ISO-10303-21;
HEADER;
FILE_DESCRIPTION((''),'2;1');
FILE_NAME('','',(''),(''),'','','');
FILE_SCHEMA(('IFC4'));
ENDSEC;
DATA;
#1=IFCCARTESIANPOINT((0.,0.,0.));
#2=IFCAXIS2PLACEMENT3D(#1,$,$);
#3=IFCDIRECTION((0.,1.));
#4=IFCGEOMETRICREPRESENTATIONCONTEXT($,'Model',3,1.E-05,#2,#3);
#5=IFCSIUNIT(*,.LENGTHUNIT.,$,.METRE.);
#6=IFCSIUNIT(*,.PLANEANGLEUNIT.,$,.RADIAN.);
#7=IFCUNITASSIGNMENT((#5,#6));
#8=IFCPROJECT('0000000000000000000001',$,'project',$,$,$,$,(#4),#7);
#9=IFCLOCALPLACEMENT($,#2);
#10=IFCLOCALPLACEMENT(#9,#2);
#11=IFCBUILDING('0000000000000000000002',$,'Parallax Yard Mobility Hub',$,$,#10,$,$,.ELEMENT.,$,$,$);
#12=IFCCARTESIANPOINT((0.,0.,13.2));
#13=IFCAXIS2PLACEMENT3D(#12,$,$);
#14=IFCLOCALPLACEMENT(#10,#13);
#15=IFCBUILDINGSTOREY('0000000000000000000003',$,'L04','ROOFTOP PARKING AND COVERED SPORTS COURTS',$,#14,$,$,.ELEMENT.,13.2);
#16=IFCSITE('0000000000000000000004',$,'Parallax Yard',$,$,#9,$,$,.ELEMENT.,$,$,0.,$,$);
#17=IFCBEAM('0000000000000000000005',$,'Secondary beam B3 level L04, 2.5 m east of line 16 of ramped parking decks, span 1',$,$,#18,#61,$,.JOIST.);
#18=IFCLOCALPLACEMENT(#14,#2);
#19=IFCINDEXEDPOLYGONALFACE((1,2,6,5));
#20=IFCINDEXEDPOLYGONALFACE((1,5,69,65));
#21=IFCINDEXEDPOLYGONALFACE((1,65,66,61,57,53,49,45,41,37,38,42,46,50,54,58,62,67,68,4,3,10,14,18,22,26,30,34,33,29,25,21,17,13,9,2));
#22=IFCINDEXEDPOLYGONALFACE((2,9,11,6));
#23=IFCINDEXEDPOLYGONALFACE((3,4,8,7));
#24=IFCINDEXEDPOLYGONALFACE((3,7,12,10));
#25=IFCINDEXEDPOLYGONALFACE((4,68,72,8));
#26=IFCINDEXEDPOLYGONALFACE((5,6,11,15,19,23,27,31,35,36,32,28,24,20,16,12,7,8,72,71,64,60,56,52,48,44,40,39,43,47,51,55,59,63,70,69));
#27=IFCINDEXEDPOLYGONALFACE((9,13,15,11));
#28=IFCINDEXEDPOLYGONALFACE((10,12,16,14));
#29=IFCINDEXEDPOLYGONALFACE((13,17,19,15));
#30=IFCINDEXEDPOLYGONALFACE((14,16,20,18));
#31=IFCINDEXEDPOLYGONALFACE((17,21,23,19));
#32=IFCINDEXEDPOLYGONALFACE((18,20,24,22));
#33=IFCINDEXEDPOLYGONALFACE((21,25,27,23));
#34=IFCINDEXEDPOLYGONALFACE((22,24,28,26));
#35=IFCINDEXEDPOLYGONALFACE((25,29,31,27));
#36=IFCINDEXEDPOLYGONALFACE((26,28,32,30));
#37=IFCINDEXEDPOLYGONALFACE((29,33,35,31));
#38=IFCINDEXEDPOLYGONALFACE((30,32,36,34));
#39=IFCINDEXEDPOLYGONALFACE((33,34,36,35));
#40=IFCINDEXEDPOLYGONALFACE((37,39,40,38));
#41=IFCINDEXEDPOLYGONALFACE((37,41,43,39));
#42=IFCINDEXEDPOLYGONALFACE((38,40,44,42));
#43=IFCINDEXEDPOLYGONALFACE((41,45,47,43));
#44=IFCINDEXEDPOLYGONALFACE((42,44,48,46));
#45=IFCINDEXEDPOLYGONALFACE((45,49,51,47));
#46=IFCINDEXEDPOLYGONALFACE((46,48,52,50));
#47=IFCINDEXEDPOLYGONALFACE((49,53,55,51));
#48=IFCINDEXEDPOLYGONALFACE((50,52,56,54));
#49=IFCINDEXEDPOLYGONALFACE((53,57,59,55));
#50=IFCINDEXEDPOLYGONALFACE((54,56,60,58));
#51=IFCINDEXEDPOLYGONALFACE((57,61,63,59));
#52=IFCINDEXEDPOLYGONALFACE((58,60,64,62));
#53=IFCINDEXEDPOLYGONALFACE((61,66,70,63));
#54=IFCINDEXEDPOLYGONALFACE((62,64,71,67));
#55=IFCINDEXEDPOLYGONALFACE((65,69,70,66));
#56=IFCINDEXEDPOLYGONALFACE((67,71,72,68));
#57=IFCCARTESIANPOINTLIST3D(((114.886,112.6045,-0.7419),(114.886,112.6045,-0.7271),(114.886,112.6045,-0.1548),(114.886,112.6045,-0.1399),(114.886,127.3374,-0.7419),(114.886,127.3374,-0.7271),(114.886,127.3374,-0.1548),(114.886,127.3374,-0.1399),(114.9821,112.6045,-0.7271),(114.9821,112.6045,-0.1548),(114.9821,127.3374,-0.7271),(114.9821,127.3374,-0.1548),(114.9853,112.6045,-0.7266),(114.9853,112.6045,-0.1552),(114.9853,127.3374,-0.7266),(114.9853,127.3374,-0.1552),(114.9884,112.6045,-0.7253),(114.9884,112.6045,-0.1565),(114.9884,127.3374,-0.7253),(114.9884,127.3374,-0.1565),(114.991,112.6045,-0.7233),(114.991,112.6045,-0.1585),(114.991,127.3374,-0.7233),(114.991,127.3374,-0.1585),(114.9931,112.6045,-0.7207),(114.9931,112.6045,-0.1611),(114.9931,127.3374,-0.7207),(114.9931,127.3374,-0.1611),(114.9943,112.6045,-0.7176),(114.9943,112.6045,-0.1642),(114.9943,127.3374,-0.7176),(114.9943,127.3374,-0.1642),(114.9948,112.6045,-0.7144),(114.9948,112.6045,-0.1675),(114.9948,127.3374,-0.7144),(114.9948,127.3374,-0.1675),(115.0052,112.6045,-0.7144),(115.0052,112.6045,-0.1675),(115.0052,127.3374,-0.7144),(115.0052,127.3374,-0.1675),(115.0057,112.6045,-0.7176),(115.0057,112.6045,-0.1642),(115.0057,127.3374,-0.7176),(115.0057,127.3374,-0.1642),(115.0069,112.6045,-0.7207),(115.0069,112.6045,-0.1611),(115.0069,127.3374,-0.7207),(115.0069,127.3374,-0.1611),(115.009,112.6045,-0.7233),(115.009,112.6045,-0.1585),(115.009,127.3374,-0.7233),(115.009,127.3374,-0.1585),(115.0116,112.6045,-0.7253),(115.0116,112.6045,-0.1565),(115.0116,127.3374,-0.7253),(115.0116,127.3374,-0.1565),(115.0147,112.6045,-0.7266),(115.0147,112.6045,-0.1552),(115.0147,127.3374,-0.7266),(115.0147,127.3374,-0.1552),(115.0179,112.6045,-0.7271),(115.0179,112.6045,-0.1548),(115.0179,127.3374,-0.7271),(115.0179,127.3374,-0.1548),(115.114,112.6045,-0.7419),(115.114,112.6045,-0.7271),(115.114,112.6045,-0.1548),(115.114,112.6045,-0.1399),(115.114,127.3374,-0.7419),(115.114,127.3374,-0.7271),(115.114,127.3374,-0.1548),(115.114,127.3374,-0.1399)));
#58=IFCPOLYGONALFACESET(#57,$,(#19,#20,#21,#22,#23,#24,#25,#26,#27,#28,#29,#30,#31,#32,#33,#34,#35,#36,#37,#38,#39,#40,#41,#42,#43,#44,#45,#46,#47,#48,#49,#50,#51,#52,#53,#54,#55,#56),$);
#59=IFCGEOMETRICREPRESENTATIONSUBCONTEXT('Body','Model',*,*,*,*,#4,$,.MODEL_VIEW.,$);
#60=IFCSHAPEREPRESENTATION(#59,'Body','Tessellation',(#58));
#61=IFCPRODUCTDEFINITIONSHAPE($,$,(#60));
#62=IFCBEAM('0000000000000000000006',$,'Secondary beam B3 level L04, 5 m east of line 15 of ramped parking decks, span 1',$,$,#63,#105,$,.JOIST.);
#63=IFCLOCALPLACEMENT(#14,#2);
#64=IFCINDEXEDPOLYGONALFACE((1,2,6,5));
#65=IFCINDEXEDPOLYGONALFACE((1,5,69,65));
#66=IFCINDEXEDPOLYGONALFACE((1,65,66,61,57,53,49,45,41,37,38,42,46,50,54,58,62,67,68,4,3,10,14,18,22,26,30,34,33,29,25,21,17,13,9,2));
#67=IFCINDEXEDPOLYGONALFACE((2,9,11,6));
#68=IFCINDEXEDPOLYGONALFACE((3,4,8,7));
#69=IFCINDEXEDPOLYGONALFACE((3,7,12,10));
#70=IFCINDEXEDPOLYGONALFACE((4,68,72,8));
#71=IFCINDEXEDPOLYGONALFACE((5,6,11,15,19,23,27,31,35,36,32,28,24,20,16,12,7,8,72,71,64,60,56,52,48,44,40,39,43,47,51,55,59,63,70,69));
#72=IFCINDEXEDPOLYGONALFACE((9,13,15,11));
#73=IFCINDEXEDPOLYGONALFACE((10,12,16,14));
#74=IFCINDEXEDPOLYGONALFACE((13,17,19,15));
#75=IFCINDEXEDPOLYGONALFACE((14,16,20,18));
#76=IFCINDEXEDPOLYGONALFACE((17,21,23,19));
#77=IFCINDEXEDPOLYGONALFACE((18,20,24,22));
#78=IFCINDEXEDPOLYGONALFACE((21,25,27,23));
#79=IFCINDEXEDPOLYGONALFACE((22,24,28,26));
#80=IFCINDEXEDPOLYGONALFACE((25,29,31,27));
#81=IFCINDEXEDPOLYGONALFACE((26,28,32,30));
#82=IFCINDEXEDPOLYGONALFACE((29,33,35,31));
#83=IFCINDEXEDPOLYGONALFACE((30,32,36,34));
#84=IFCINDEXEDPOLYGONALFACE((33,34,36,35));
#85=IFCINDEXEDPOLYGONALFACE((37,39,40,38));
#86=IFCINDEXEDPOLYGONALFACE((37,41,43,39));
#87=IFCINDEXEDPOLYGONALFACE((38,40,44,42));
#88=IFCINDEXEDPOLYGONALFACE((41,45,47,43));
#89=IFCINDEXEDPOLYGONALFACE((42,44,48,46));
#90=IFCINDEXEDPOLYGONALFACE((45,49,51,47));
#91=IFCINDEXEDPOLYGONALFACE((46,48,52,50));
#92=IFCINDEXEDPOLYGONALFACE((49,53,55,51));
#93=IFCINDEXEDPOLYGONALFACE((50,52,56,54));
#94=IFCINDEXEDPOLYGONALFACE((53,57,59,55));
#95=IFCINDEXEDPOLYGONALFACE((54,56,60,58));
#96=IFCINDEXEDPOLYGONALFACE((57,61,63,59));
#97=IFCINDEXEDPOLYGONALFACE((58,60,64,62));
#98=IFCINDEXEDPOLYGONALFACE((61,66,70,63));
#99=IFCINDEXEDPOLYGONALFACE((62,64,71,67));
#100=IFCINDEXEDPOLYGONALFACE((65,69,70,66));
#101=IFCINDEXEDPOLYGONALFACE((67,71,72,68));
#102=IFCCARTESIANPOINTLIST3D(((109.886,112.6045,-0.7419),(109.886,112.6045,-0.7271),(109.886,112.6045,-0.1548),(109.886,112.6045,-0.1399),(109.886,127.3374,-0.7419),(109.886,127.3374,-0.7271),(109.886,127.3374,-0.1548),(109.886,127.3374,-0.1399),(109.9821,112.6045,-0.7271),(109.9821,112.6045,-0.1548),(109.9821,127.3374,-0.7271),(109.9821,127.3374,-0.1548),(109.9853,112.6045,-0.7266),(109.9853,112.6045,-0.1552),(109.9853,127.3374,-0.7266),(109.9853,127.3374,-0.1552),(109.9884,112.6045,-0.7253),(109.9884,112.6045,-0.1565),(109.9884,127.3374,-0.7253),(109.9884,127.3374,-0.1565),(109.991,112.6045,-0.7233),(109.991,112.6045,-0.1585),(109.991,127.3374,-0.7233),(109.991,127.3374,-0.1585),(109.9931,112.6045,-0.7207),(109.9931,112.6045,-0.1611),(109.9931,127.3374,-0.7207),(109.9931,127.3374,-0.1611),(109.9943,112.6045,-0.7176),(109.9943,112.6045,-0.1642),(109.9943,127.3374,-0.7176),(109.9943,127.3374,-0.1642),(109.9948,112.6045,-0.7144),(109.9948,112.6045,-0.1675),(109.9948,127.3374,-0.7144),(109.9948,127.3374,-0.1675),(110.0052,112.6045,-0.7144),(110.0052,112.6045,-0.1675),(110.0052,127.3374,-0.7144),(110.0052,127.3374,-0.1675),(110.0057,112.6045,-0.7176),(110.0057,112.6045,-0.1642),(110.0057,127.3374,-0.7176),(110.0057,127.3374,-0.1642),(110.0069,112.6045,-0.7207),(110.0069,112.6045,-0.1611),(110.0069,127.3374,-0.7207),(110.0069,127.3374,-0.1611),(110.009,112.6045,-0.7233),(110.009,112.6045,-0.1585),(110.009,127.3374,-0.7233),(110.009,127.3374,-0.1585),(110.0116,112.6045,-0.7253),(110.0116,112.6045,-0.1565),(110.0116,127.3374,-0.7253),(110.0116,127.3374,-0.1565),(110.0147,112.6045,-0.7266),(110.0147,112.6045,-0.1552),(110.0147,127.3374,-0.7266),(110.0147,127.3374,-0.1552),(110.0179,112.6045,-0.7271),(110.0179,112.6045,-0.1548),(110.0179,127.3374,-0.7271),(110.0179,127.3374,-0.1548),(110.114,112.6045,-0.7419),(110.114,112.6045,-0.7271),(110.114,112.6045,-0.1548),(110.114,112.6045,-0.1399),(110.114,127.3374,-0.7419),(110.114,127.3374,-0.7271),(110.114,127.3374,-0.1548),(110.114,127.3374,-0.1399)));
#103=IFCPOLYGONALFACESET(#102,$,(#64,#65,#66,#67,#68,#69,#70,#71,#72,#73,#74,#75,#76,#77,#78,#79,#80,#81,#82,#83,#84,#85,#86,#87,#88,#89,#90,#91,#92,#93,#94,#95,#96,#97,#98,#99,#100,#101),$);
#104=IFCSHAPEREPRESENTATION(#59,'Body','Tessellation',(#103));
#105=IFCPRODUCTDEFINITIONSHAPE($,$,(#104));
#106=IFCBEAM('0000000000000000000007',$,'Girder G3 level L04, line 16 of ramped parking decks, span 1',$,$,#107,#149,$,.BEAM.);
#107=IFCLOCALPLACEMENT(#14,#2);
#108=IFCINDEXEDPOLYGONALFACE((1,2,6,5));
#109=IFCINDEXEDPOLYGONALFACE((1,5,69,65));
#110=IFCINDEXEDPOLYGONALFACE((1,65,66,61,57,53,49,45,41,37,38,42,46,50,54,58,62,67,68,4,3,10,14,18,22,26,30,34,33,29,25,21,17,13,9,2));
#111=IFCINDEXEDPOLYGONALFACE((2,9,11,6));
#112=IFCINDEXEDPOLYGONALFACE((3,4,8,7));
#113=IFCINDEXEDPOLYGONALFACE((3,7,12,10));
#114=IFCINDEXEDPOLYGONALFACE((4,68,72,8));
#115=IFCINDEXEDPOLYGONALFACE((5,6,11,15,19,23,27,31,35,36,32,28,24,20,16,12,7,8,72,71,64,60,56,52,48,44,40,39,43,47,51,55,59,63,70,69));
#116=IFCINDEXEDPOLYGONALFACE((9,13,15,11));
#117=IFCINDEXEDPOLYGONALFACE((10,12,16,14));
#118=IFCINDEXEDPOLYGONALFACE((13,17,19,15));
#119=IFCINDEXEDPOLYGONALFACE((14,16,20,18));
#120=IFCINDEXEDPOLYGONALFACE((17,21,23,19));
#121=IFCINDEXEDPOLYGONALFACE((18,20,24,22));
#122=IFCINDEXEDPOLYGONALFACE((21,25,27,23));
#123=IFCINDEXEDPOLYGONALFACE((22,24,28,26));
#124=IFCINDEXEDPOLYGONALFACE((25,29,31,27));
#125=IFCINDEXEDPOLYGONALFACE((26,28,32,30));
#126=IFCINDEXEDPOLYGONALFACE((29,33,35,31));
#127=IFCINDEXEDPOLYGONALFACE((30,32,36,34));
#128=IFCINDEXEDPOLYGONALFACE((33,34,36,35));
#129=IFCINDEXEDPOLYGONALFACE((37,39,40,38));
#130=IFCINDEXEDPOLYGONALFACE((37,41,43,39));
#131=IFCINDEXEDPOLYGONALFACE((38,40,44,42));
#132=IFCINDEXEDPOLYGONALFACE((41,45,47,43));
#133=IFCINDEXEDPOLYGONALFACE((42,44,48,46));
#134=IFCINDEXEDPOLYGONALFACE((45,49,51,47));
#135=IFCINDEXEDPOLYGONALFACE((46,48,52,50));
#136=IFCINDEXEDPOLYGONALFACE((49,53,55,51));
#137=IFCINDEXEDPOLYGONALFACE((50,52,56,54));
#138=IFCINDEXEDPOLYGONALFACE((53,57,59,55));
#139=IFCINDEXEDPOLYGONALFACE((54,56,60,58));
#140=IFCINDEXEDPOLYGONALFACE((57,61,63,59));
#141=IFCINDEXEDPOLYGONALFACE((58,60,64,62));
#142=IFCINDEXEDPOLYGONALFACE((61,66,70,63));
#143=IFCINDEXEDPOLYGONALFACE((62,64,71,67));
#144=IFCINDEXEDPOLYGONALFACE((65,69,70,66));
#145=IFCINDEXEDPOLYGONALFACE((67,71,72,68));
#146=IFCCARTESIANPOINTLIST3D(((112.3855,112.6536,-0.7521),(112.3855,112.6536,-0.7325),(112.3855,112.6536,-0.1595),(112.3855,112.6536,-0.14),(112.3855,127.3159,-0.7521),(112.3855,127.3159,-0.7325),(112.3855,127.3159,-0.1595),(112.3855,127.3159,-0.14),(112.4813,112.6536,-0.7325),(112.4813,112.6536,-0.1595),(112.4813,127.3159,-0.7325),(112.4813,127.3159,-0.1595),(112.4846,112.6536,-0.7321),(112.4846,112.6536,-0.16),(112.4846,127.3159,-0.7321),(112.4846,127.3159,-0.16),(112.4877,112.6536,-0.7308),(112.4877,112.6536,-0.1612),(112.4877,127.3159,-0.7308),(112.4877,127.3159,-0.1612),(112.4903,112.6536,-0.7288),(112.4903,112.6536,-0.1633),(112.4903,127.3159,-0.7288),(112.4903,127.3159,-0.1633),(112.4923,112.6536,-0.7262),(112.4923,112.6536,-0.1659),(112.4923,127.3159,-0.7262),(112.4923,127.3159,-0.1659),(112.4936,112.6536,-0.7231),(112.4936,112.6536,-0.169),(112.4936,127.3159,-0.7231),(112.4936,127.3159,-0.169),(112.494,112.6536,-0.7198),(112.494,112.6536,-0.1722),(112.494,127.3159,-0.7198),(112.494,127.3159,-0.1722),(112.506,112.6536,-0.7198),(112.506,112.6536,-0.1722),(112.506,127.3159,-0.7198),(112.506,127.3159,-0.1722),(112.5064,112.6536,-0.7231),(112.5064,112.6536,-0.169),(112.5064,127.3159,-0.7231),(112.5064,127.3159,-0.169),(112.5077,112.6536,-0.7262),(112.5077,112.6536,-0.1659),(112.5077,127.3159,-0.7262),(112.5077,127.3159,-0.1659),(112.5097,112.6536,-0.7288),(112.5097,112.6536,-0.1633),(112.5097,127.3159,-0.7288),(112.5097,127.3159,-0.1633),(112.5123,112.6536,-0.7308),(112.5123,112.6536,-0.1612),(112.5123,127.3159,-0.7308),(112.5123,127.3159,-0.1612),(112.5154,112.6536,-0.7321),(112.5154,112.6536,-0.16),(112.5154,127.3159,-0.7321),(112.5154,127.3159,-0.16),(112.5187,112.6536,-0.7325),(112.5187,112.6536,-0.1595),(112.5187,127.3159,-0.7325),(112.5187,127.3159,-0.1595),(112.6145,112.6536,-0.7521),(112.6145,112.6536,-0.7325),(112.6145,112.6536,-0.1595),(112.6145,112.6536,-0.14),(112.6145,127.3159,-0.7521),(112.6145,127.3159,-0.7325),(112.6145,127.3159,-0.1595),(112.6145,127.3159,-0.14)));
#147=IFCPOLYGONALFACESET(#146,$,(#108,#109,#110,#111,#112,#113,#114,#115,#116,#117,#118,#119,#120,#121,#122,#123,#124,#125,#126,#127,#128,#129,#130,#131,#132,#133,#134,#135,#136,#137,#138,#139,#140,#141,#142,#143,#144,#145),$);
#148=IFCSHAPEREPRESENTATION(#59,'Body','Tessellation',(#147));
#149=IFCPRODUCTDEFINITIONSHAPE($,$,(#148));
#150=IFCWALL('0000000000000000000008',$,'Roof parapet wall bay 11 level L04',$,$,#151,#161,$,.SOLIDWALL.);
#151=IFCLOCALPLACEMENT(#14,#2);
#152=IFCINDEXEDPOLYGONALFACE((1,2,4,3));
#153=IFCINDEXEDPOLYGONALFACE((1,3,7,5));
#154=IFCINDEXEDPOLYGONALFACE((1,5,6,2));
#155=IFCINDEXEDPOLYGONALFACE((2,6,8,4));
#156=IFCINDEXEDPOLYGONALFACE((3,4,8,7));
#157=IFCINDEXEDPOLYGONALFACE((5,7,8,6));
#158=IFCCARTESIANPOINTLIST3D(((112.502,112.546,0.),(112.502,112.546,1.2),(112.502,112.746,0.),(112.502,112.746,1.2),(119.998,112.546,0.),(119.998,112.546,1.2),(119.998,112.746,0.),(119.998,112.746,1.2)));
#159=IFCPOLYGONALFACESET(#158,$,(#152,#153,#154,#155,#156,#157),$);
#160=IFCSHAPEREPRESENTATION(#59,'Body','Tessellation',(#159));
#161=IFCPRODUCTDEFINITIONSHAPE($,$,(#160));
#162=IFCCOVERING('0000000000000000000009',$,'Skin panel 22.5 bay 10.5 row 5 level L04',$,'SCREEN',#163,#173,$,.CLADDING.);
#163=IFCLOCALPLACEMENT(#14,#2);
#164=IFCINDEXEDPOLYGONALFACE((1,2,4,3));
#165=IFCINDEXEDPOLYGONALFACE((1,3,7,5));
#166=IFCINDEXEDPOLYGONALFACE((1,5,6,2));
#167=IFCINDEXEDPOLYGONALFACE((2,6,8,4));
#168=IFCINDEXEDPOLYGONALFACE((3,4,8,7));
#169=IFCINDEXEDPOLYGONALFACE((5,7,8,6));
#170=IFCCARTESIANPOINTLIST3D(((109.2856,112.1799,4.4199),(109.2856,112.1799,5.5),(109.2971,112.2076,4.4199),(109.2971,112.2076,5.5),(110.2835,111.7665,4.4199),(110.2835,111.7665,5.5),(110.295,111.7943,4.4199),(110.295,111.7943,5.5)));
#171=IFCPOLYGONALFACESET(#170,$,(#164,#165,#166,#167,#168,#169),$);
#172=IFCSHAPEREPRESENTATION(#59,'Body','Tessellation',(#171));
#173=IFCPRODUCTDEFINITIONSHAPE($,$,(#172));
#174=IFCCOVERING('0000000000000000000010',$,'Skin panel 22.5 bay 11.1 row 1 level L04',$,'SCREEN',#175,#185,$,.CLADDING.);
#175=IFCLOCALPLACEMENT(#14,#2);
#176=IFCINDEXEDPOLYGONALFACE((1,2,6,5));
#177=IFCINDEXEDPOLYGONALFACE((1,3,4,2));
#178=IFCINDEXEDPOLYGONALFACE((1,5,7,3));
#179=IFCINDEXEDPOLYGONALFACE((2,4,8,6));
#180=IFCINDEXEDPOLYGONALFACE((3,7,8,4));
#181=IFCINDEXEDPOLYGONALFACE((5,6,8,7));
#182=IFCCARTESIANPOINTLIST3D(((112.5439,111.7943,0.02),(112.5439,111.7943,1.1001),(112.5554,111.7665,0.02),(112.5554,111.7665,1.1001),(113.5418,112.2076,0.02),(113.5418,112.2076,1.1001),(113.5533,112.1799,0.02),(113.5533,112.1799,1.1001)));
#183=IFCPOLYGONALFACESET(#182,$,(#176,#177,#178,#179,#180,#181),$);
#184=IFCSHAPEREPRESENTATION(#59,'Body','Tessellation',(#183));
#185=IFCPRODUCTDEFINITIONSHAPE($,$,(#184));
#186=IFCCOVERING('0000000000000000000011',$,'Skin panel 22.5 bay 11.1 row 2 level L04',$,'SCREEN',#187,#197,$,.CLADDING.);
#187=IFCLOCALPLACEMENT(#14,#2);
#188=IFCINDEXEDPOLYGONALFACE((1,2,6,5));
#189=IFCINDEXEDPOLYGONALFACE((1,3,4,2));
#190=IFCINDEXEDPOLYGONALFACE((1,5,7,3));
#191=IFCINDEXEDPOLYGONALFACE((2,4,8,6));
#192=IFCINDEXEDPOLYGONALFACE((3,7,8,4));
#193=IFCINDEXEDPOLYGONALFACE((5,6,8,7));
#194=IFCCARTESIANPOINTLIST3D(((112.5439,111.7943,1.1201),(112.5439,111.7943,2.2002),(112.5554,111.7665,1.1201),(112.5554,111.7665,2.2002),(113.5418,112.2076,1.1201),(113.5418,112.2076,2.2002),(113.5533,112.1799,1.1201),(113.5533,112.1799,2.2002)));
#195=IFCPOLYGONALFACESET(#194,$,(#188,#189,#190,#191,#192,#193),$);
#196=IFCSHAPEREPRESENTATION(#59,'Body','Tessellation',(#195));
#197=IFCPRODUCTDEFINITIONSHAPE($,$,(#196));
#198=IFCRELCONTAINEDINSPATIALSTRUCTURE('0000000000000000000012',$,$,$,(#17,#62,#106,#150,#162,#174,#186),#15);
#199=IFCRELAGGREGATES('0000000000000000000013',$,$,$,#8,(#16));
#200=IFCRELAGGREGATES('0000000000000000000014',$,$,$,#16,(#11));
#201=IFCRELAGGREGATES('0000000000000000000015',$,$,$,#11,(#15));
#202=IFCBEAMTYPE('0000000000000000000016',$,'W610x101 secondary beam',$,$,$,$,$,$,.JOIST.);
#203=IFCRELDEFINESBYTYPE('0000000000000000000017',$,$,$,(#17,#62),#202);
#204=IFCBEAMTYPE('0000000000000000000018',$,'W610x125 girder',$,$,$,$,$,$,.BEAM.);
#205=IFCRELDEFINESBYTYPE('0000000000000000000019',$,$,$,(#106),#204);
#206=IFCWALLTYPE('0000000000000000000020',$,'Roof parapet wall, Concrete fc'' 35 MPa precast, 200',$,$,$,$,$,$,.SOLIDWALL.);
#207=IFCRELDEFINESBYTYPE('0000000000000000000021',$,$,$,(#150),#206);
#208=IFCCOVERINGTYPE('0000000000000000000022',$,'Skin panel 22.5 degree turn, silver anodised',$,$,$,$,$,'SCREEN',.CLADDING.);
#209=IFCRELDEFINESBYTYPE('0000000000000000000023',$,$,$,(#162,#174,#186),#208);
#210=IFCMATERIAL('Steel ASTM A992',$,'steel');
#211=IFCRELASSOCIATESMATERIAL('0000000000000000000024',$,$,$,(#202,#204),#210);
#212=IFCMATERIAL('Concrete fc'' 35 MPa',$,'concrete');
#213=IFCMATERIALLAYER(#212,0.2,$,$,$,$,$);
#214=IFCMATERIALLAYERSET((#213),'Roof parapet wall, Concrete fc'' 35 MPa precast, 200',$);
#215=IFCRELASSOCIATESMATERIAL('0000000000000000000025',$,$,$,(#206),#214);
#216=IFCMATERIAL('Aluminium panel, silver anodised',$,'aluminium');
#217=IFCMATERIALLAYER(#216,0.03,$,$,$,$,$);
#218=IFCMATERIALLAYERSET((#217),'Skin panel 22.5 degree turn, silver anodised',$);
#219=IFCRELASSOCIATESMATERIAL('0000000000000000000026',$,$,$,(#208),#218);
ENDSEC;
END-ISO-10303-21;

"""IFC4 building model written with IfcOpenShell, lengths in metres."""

from ifc_helpers import new_model, si_unit, direction, frame, frame_2d, origin, origin_2d, place, context, subcontext, project, spatial, rectangle, i_section, extrude, material, layer, layer_set, material_profile, profile_set, type_object, element, save


model = new_model("IFC4")

# Units and contexts
model_context = context("Model", 3, precision=1e-05, world=origin(), true_north=direction((0.0, 1.0)))
body_context = subcontext(model_context, "Body", "Model", "MODEL_VIEW")
ifc_project = project(units=[si_unit("LENGTHUNIT", "METRE"), si_unit("PLANEANGLEUNIT", "RADIAN")], contexts=[model_context])

# Site, building, storey
site_placement = place(None, origin())
site = spatial("IfcSite", under=ifc_project, at=site_placement, Name="Parallax Yard", CompositionType="ELEMENT", RefElevation=0.0)
building_placement = place(site_placement, origin())
building = spatial("IfcBuilding", under=site, at=building_placement, Name="Parallax Yard Mobility Hub", CompositionType="ELEMENT")
storey_placement = place(building_placement, frame((0.0, 0.0, 13.2)))
storey = spatial("IfcBuildingStorey", under=building, at=storey_placement, Name="L04", Description="ROOFTOP PARKING AND COVERED SPORTS COURTS", CompositionType="ELEMENT", Elevation=13.2)

# Shared definitions
ifc_material_1 = material(Name="Steel ASTM A992", Category="steel")

# Beams
ifc_material_profile_1 = material_profile(ifc_material_1, i_section(OverallWidth=0.228, OverallDepth=0.6021, WebThickness=0.0105, FlangeThickness=0.0149, FilletRadius=0.0127, at=origin_2d()), Name="W610x101")
ifc_profile_set_1 = profile_set([ifc_material_profile_1], Name="Steel ASTM A992")
beam_type_1 = type_object("IfcBeamType", Name="W610x101 secondary beam", PredefinedType="JOIST", material=ifc_profile_set_1)
for number, where, z_axis, x_axis, name in (
    (1, (115.0, 112.6045, -0.4409), (0.0, 1.0, 0.0), (-1.0, 0.0, 0.0), "Secondary beam B3 level L04, 2.5 m east of line 16 of ramped parking decks, span 1"),
    (2, (110.0, 112.6045, -0.4409), (0.0, 1.0, 0.0), (-1.0, 0.0, 0.0), "Secondary beam B3 level L04, 5 m east of line 15 of ramped parking decks, span 1"),
):
    element("IfcBeam", number, at=place(storey_placement, frame(where, z_axis=z_axis, x_axis=x_axis)), inside=storey, type_object=beam_type_1, Name=name, PredefinedType="JOIST", context=body_context, shape_type="SweptSolid", body=[
        extrude(i_section(OverallWidth=0.228, OverallDepth=0.6021, WebThickness=0.0105, FlangeThickness=0.0149, FilletRadius=0.0127, at=origin_2d()), origin(), (0.0, 0.0, 1.0), 14.7329),
    ])
ifc_material_profile_2 = material_profile(ifc_material_1, i_section(OverallWidth=0.229, OverallDepth=0.6121, WebThickness=0.012, FlangeThickness=0.0195, FilletRadius=0.0127, at=origin_2d()), Name="W610x125")
ifc_profile_set_2 = profile_set([ifc_material_profile_2], Name="Steel ASTM A992")
beam_type_2 = type_object("IfcBeamType", Name="W610x125 girder", PredefinedType="BEAM", material=ifc_profile_set_2)
beam_1_placement = place(storey_placement, frame((112.5, 112.6536, -0.446), z_axis=(0.0, 1.0, 0.0), x_axis=(-1.0, 0.0, 0.0)))
element("IfcBeam", 3, at=beam_1_placement, inside=storey, type_object=beam_type_2, Name="Girder G3 level L04, line 16 of ramped parking decks, span 1", PredefinedType="BEAM", context=body_context, shape_type="SweptSolid", body=[
    extrude(i_section(OverallWidth=0.229, OverallDepth=0.6121, WebThickness=0.012, FlangeThickness=0.0195, FilletRadius=0.0127, at=origin_2d()), origin(), (0.0, 0.0, 1.0), 14.6624),
])

# Wall
ifc_material_2 = material(Name="Concrete fc' 35 MPa", Category="concrete")
ifc_layer_1 = layer(ifc_material_2, 0.2)
ifc_layer_set_1 = layer_set([ifc_layer_1], Name="Roof parapet wall, Concrete fc' 35 MPa precast, 200")
wall_type = type_object("IfcWallType", Name="Roof parapet wall, Concrete fc' 35 MPa precast, 200", PredefinedType="SOLIDWALL", material=ifc_layer_set_1)
wall_placement = place(storey_placement, frame((112.502, 112.646, 0.0), z_axis=(0.0, 0.0, 1.0), x_axis=(1.0, 0.0, 0.0)))
element("IfcWall", 4, at=wall_placement, inside=storey, type_object=wall_type, Name="Roof parapet wall bay 11 level L04", PredefinedType="SOLIDWALL", context=body_context, shape_type="SweptSolid", body=[
    extrude(rectangle(XDim=7.4961, YDim=0.2, at=frame_2d((3.748, 0.0))), origin(), (0.0, 0.0, 1.0), 1.2),
])

# Coverings
ifc_material_3 = material(Name="Aluminium panel, silver anodised", Category="aluminium")
ifc_layer_2 = layer(ifc_material_3, 0.03)
ifc_layer_set_2 = layer_set([ifc_layer_2], Name="Skin panel 22.5 degree turn, silver anodised")
covering_type_1 = type_object("IfcCoveringType", Name="Skin panel 22.5 degree turn, silver anodised", ElementType="SCREEN", PredefinedType="CLADDING", material=ifc_layer_set_2)
for number, where, z_axis, x_axis, name in (
    (5, (109.7903, 111.9871, 4.4199), (0.0, 0.0, 1.0), (0.92388, -0.382683, 0.0), "Skin panel 22.5 bay 10.5 row 5 level L04"),
    (6, (113.0486, 111.9871, 0.02), (0.0, 0.0, 1.0), (-0.92388, -0.382683, 0.0), "Skin panel 22.5 bay 11.1 row 1 level L04"),
    (7, (113.0486, 111.9871, 1.1201), (0.0, 0.0, 1.0), (-0.92388, -0.382683, 0.0), "Skin panel 22.5 bay 11.1 row 2 level L04"),
):
    element("IfcCovering", number, at=place(storey_placement, frame(where, z_axis=z_axis, x_axis=x_axis)), inside=storey, type_object=covering_type_1, Name=name, ObjectType="SCREEN", PredefinedType="CLADDING", context=body_context, shape_type="SweptSolid", body=[
        extrude(rectangle(XDim=1.0801, YDim=0.03, at=origin_2d()), origin(), (0.0, 0.0, 1.0), 1.0801),
    ])

save(model, "model.ifc")
